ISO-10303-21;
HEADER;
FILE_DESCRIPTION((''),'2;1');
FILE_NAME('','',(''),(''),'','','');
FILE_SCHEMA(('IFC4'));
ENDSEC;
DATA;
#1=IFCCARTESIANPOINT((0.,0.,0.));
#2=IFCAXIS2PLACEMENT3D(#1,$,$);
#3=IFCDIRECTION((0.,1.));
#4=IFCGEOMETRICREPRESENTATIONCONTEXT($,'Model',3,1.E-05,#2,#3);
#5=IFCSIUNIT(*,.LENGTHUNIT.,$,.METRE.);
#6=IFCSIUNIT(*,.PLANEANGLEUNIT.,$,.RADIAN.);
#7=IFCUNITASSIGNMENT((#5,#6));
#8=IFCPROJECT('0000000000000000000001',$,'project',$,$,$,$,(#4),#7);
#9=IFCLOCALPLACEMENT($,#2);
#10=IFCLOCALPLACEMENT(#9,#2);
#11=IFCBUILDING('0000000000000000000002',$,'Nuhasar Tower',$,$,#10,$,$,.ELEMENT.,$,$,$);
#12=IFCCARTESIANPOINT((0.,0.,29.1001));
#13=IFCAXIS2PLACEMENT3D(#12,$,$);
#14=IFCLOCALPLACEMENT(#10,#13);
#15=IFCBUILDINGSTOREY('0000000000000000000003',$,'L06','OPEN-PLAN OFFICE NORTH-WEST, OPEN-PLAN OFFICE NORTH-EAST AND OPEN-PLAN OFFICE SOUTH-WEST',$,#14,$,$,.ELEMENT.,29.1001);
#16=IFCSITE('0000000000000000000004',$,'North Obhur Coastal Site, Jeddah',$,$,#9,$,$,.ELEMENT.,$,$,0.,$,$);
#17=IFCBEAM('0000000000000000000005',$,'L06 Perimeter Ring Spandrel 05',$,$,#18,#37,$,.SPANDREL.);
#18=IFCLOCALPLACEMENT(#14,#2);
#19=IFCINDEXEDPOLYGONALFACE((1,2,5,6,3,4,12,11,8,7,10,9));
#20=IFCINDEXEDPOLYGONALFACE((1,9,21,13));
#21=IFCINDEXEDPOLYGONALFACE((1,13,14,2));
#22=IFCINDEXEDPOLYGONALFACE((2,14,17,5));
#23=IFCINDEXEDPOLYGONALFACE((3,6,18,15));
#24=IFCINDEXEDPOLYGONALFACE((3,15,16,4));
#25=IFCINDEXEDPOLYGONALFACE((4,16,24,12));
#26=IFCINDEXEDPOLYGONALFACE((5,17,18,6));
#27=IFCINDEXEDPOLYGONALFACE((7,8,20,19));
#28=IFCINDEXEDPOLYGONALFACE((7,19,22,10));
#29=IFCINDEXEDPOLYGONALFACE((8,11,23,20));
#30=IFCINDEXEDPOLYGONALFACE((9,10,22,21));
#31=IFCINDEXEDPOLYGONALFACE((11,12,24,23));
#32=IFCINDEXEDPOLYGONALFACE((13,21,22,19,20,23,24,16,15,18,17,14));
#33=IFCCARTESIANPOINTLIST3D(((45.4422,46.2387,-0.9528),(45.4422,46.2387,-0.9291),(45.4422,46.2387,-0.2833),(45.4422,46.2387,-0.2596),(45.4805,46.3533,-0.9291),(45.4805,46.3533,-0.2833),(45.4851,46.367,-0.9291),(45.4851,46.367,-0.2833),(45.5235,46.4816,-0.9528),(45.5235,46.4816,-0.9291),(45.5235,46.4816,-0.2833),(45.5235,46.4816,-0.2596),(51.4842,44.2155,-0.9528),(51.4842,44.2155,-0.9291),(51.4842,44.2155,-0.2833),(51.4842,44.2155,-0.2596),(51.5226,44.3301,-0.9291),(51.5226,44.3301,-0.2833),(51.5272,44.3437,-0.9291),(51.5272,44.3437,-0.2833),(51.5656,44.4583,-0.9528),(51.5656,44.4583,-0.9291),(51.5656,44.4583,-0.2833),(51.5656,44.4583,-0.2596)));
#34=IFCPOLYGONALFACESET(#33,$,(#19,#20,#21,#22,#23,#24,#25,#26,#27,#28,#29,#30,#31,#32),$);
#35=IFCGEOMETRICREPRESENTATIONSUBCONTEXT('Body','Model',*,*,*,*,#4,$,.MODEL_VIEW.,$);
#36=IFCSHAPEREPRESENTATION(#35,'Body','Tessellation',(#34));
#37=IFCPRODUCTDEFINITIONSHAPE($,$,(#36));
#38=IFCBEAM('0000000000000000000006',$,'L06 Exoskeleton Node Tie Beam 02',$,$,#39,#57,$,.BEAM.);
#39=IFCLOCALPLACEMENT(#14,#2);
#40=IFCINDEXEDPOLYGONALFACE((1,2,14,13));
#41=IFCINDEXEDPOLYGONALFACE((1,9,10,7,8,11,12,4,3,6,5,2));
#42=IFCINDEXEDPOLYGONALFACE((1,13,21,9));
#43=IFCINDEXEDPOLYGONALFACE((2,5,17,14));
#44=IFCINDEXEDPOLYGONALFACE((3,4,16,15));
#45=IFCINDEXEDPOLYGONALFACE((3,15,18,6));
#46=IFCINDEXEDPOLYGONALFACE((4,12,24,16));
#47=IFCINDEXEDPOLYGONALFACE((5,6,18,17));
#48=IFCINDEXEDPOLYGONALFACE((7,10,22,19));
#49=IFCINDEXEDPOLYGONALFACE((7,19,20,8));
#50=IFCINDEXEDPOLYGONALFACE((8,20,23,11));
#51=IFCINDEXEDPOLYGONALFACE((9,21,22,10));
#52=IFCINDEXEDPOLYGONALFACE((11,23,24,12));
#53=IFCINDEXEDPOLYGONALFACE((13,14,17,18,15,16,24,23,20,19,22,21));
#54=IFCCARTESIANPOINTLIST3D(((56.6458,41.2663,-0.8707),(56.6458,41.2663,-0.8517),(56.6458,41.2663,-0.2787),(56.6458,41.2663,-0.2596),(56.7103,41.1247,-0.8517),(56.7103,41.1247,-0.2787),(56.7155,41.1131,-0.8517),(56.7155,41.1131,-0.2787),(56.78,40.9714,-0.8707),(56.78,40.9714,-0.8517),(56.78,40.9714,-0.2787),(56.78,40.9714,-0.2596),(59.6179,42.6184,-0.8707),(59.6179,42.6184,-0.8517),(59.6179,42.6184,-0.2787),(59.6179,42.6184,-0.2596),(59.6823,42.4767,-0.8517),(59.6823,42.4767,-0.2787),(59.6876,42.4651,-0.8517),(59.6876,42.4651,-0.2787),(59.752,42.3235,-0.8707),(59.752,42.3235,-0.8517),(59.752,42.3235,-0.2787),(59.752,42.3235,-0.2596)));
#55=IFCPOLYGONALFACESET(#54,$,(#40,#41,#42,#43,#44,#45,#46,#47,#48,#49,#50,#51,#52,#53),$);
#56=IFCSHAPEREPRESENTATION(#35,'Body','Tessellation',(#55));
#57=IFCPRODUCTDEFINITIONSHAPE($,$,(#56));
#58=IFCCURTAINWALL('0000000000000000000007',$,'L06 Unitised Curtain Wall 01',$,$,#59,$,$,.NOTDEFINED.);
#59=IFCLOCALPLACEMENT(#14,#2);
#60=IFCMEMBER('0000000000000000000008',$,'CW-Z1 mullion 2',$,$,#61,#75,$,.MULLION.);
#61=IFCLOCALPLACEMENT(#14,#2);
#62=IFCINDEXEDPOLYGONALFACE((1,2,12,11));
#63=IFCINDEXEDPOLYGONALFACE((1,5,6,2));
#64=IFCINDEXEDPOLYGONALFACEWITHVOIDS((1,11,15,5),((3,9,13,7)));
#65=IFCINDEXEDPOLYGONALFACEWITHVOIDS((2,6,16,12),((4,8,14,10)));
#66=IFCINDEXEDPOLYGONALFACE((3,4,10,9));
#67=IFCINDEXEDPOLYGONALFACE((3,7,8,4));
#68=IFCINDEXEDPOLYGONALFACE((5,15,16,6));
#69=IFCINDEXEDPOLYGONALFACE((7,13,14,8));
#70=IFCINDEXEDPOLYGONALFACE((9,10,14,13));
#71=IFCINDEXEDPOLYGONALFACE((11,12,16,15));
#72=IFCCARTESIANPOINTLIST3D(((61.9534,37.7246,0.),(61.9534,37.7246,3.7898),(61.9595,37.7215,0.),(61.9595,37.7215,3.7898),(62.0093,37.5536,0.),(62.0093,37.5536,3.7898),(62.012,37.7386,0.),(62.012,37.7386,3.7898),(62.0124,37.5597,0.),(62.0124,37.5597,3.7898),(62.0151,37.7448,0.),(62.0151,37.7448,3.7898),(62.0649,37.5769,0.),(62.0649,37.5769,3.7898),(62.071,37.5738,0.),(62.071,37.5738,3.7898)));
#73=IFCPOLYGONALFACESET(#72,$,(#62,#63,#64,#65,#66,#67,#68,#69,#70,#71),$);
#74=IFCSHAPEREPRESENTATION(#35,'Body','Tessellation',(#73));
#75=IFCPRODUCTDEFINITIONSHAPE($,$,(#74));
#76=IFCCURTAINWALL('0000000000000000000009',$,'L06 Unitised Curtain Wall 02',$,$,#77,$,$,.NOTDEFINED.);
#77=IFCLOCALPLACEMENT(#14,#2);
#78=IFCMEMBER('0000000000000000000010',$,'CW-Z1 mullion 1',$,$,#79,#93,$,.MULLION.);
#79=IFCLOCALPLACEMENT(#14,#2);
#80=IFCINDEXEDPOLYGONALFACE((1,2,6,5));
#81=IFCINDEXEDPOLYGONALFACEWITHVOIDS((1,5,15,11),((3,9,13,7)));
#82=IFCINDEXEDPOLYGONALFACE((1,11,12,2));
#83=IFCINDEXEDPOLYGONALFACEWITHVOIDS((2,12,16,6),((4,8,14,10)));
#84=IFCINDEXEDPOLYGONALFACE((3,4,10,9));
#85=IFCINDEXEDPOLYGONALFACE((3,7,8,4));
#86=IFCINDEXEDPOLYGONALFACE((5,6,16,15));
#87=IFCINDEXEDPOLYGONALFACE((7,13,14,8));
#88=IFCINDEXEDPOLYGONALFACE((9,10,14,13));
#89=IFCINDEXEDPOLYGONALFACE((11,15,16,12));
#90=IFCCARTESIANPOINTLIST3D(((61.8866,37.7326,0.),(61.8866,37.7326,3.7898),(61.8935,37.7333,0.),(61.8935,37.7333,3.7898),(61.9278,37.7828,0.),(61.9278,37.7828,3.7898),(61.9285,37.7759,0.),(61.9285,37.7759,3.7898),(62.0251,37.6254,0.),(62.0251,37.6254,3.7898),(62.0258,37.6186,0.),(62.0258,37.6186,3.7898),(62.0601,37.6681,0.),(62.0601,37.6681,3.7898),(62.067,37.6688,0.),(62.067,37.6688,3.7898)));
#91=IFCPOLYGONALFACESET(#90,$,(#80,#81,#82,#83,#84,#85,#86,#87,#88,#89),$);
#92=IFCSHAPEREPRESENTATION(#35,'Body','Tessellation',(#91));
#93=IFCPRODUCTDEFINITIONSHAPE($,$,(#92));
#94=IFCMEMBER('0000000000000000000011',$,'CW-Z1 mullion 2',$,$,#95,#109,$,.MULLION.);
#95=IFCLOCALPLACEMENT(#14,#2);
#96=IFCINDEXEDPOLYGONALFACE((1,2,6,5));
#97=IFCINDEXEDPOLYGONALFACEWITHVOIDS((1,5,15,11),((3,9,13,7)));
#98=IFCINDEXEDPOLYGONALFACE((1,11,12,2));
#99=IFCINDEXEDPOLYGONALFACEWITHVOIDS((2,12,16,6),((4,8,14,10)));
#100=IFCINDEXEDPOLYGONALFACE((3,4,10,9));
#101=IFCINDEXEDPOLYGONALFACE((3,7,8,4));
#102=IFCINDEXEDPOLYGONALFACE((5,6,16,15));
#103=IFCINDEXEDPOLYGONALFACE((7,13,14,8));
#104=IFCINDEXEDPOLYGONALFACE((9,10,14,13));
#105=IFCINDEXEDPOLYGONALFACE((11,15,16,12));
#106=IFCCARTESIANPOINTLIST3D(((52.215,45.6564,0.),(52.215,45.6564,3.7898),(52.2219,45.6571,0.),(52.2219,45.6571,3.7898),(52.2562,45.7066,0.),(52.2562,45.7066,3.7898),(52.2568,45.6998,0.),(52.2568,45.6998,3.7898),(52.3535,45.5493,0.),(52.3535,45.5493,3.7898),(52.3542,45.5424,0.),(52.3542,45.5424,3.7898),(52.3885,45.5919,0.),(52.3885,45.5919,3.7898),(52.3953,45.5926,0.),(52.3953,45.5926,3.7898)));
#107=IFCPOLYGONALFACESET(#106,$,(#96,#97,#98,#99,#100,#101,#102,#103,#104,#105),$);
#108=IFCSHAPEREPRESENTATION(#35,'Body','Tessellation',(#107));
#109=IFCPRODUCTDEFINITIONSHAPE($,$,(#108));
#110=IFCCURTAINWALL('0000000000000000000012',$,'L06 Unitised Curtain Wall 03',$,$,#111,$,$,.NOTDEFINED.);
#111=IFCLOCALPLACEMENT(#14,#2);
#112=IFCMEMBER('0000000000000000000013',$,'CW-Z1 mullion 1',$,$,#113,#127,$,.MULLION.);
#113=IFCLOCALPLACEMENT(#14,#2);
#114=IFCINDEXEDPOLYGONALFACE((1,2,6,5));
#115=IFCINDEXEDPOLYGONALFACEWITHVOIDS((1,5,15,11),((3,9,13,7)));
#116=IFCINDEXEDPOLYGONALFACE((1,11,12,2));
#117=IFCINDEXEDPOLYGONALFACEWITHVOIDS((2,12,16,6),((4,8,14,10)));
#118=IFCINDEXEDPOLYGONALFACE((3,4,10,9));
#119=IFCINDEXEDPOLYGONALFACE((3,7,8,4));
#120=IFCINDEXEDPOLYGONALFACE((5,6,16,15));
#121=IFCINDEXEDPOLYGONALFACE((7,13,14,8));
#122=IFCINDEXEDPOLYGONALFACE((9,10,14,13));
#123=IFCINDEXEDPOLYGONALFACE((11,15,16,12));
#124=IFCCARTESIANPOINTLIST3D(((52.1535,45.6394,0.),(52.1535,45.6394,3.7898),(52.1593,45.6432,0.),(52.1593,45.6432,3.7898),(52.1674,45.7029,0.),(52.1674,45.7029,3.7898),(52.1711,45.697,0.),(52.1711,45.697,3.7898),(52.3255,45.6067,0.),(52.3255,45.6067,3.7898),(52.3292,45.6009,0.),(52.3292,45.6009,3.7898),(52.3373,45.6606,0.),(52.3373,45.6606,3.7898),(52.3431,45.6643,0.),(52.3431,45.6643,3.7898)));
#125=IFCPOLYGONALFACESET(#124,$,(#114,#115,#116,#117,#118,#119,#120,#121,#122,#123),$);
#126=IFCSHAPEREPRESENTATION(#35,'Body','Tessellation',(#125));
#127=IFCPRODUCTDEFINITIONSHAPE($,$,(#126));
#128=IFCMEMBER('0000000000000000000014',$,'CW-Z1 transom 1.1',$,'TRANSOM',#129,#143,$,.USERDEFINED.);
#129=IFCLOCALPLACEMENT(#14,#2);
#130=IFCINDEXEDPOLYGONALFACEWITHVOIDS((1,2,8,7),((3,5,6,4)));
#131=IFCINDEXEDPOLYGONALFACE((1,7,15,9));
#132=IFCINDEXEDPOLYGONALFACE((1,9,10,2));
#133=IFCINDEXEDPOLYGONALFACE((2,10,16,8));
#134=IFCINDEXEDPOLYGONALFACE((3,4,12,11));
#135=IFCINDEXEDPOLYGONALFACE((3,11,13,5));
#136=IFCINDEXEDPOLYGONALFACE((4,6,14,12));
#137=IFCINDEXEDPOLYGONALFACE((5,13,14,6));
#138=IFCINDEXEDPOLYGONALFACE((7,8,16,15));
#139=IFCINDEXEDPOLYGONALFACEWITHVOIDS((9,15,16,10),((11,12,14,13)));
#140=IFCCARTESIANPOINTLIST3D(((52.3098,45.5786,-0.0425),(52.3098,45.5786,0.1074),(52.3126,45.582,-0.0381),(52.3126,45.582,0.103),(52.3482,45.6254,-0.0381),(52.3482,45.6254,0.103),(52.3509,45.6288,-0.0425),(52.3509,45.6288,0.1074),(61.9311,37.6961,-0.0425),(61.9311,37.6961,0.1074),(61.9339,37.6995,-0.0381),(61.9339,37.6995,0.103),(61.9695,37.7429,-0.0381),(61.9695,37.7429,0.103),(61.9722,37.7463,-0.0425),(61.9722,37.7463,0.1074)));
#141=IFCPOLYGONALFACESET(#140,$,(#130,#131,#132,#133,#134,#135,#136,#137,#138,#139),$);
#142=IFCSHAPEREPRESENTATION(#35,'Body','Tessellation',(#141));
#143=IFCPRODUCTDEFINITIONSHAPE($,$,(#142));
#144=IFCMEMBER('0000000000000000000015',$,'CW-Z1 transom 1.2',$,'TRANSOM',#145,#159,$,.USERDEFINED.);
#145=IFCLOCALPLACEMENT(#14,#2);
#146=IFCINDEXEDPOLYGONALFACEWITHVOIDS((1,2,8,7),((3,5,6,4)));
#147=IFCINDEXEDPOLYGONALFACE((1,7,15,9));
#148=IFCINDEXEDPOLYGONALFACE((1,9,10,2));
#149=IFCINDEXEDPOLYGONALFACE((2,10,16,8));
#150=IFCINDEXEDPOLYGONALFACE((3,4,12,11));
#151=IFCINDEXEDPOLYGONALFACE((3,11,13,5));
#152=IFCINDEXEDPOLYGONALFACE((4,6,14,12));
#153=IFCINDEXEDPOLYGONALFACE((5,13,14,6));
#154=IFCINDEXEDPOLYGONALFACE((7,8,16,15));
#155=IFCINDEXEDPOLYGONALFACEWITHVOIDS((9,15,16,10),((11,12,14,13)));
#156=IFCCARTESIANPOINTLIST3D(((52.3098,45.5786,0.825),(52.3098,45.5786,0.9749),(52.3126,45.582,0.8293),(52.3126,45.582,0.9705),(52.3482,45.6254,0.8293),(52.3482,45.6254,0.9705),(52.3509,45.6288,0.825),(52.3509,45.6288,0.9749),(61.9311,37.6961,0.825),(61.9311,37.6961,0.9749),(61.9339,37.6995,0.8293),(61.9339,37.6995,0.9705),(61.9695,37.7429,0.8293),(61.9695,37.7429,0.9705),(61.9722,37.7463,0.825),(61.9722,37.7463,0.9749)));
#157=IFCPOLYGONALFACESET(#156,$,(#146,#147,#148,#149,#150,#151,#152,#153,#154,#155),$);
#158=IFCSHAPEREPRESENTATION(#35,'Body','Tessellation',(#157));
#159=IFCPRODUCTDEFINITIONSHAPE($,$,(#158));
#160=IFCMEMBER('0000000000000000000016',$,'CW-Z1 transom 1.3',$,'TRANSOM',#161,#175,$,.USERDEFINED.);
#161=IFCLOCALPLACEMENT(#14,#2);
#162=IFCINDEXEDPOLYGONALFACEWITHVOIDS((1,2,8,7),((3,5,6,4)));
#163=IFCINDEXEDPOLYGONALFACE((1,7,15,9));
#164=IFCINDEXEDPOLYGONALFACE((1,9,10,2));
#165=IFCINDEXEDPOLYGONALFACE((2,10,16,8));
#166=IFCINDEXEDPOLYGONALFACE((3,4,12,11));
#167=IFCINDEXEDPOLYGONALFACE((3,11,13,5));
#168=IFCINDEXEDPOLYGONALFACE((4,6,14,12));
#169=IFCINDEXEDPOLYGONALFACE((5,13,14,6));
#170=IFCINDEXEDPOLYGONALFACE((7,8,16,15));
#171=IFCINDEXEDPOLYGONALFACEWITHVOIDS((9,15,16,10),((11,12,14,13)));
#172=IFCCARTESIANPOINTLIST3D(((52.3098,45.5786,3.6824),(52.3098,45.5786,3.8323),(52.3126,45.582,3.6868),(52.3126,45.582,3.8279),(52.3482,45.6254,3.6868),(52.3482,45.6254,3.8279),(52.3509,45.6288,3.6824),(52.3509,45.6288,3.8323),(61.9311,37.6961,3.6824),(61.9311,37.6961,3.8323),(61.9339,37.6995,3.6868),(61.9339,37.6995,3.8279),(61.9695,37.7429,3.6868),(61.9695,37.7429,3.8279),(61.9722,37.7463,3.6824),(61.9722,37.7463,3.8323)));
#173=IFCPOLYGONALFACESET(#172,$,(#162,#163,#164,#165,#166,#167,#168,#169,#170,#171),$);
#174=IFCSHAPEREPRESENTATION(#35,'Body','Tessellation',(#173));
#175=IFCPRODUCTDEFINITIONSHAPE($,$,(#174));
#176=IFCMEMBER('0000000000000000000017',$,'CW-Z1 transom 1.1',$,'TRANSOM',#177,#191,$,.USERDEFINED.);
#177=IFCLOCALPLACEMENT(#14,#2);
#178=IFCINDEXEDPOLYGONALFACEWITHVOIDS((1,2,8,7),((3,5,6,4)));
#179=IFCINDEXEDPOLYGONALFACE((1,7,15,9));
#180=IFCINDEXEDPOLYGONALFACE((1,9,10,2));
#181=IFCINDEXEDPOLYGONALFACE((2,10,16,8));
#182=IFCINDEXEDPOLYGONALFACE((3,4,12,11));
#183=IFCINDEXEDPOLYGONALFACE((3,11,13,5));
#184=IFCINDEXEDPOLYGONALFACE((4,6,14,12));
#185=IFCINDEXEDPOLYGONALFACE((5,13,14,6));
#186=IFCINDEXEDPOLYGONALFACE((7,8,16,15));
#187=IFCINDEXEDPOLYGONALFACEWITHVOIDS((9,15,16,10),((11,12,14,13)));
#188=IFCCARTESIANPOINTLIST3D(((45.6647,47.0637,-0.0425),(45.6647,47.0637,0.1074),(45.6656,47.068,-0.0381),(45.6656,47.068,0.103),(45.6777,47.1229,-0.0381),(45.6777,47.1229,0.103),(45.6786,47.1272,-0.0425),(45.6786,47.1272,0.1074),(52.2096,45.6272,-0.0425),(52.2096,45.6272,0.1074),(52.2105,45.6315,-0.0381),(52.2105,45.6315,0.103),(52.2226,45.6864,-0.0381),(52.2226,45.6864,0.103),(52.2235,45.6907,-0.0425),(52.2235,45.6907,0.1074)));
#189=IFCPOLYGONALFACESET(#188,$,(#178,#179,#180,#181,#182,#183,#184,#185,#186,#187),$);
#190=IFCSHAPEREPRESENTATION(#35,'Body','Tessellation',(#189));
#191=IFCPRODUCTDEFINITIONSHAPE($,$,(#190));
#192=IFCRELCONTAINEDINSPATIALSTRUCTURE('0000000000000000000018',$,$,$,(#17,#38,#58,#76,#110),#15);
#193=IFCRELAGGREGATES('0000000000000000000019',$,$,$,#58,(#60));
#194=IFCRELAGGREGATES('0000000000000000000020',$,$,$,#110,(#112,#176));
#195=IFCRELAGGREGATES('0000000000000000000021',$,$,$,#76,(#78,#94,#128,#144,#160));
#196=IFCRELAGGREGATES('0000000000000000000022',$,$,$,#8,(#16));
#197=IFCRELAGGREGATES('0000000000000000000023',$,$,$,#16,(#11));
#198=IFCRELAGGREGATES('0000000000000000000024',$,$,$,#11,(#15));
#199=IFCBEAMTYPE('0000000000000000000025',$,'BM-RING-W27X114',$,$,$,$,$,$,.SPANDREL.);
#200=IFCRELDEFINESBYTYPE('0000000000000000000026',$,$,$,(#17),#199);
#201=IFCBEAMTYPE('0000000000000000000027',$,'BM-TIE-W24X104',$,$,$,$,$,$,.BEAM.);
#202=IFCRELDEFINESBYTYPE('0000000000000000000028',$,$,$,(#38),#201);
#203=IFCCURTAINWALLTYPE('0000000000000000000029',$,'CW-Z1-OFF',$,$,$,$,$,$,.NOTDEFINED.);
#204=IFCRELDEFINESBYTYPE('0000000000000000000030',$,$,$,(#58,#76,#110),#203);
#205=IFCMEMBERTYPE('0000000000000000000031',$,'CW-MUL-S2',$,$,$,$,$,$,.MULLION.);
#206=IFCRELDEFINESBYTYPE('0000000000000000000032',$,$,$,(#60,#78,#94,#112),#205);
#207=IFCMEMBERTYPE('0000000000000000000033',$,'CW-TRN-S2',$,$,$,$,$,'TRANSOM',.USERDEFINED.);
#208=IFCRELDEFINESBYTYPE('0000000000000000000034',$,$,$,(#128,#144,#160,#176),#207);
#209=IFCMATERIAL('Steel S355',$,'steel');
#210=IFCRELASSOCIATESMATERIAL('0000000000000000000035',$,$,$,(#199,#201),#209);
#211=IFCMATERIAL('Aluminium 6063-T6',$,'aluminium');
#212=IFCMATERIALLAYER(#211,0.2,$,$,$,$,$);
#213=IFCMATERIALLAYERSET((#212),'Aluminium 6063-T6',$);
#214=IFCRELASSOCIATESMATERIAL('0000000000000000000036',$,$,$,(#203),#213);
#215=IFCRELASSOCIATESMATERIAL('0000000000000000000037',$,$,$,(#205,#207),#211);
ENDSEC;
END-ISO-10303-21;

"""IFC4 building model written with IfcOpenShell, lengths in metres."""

from ifc_helpers import new_model, si_unit, direction, frame, origin, origin_2d, place, context, subcontext, project, spatial, hollow_rectangle, i_section, extrude, material, layer, layer_set, material_profile, profile_set, type_object, element, aggregate, save


model = new_model("IFC4")

# Units and contexts
model_context = context("Model", 3, precision=1e-05, world=origin(), true_north=direction((0.0, 1.0)))
body_context = subcontext(model_context, "Body", "Model", "MODEL_VIEW")
ifc_project = project(units=[si_unit("LENGTHUNIT", "METRE"), si_unit("PLANEANGLEUNIT", "RADIAN")], contexts=[model_context])

# Site, building, storey
site_placement = place(None, origin())
site = spatial("IfcSite", under=ifc_project, at=site_placement, Name="North Obhur Coastal Site, Jeddah", CompositionType="ELEMENT", RefElevation=0.0)
building_placement = place(site_placement, origin())
building = spatial("IfcBuilding", under=site, at=building_placement, Name="Nuhasar Tower", CompositionType="ELEMENT")
storey_placement = place(building_placement, frame((0.0, 0.0, 29.1001)))
storey = spatial("IfcBuildingStorey", under=building, at=storey_placement, Name="L06", Description="OPEN-PLAN OFFICE NORTH-WEST, OPEN-PLAN OFFICE NORTH-EAST AND OPEN-PLAN OFFICE SOUTH-WEST", CompositionType="ELEMENT", Elevation=29.1001)

# Beams
ifc_material_1 = material(Name="Steel S355", Category="steel")
ifc_material_profile_1 = material_profile(ifc_material_1, i_section(OverallWidth=0.2561, OverallDepth=0.6931, WebThickness=0.0144, FlangeThickness=0.0237, at=origin_2d()), Name="W27X114")
ifc_profile_set_1 = profile_set([ifc_material_profile_1], Name="Steel S355")
beam_type_1 = type_object("IfcBeamType", Name="BM-RING-W27X114", PredefinedType="SPANDREL", material=ifc_profile_set_1)
beam_1_placement = place(storey_placement, frame((51.5249, 44.3369, -0.6062), z_axis=(-0.948249, 0.317526, 0.0), x_axis=(-0.317526, -0.948249, 0.0)))
element("IfcBeam", 1, at=beam_1_placement, inside=storey, type_object=beam_type_1, Name="L06 Perimeter Ring Spandrel 05", PredefinedType="SPANDREL", context=body_context, shape_type="SweptSolid", body=[
    extrude(i_section(OverallWidth=0.2561, OverallDepth=0.6931, WebThickness=0.0144, FlangeThickness=0.0237, at=origin_2d()), origin(), (0.0, 0.0, 1.0), 6.3718),
])
ifc_material_profile_2 = material_profile(ifc_material_1, i_section(OverallWidth=0.324, OverallDepth=0.6111, WebThickness=0.0127, FlangeThickness=0.019, at=origin_2d()), Name="W24X104")
ifc_profile_set_2 = profile_set([ifc_material_profile_2], Name="Steel S355")
beam_type_2 = type_object("IfcBeamType", Name="BM-TIE-W24X104", PredefinedType="BEAM", material=ifc_profile_set_2)
beam_2_placement = place(storey_placement, frame((56.7129, 41.1189, -0.5652), z_axis=(0.910244, 0.414073, 0.0), x_axis=(-0.414073, 0.910244, 0.0)))
element("IfcBeam", 2, at=beam_2_placement, inside=storey, type_object=beam_type_2, Name="L06 Exoskeleton Node Tie Beam 02", PredefinedType="BEAM", context=body_context, shape_type="SweptSolid", body=[
    extrude(i_section(OverallWidth=0.324, OverallDepth=0.6111, WebThickness=0.0127, FlangeThickness=0.019, at=origin_2d()), origin(), (0.0, 0.0, 1.0), 3.2651),
])

# Curtain wall, member
ifc_material_2 = material(Name="Aluminium 6063-T6", Category="aluminium")
ifc_layer_1 = layer(ifc_material_2, 0.2)
ifc_layer_set_1 = layer_set([ifc_layer_1], Name="Aluminium 6063-T6")
curtain_wall_type = type_object("IfcCurtainWallType", Name="CW-Z1-OFF", PredefinedType="NOTDEFINED", material=ifc_layer_set_1)
curtain_wall_1_placement = place(storey_placement, origin())
curtain_wall_1 = element("IfcCurtainWall", 3, at=curtain_wall_1_placement, inside=storey, type_object=curtain_wall_type, Name="L06 Unitised Curtain Wall 01", PredefinedType="NOTDEFINED")
ifc_material_profile_3 = material_profile(ifc_material_2, hollow_rectangle(XDim=0.0649, YDim=0.1799, WallThickness=0.0049, at=origin_2d()), Name="CWM-2")
ifc_profile_set_3 = profile_set([ifc_material_profile_3], Name="Aluminium 6063-T6")
member_type_1 = type_object("IfcMemberType", Name="CW-MUL-S2", PredefinedType="MULLION", material=ifc_profile_set_3)
member_1_placement = place(storey_placement, frame((62.0122, 37.6492, 0.0), z_axis=(0.0, 0.0, 1.0), x_axis=(-0.950468, -0.310824, 0.0)))
member_1 = element("IfcMember", 4, at=member_1_placement, type_object=member_type_1, Name="CW-Z1 mullion 2", PredefinedType="MULLION", context=body_context, shape_type="SweptSolid", body=[
    extrude(hollow_rectangle(XDim=0.0649, YDim=0.1799, WallThickness=0.0049, at=origin_2d()), origin(), (0.0, 0.0, 1.0), 3.7898),
])
aggregate(curtain_wall_1, [member_1])

# Curtain wall, members
curtain_wall_2_placement = place(storey_placement, origin())
curtain_wall_2 = element("IfcCurtainWall", 5, at=curtain_wall_2_placement, inside=storey, type_object=curtain_wall_type, Name="L06 Unitised Curtain Wall 02", PredefinedType="NOTDEFINED")
member_2_placement = place(storey_placement, frame((61.9768, 37.7007, 0.0), z_axis=(0.0, 0.0, 1.0), x_axis=(-0.633745, -0.773542, 0.0)))
member_2 = element("IfcMember", 6, at=member_2_placement, type_object=member_type_1, Name="CW-Z1 mullion 1", PredefinedType="MULLION", context=body_context, shape_type="SweptSolid", body=[
    extrude(hollow_rectangle(XDim=0.0649, YDim=0.1799, WallThickness=0.0049, at=origin_2d()), origin(), (0.0, 0.0, 1.0), 3.7898),
])
member_3_placement = place(storey_placement, frame((52.3052, 45.6245, 0.0), z_axis=(0.0, 0.0, 1.0), x_axis=(-0.633745, -0.773542, 0.0)))
member_3 = element("IfcMember", 7, at=member_3_placement, type_object=member_type_1, Name="CW-Z1 mullion 2", PredefinedType="MULLION", context=body_context, shape_type="SweptSolid", body=[
    extrude(hollow_rectangle(XDim=0.0649, YDim=0.1799, WallThickness=0.0049, at=origin_2d()), origin(), (0.0, 0.0, 1.0), 3.7898),
])

# Curtain wall, member
curtain_wall_3_placement = place(storey_placement, origin())
curtain_wall_3 = element("IfcCurtainWall", 8, at=curtain_wall_3_placement, inside=storey, type_object=curtain_wall_type, Name="L06 Unitised Curtain Wall 03", PredefinedType="NOTDEFINED")
member_4_placement = place(storey_placement, frame((52.2483, 45.6519, 0.0), z_axis=(0.0, 0.0, 1.0), x_axis=(-0.214399, -0.976746, 0.0)))
member_4 = element("IfcMember", 9, at=member_4_placement, type_object=member_type_1, Name="CW-Z1 mullion 1", PredefinedType="MULLION", context=body_context, shape_type="SweptSolid", body=[
    extrude(hollow_rectangle(XDim=0.0649, YDim=0.1799, WallThickness=0.0049, at=origin_2d()), origin(), (0.0, 0.0, 1.0), 3.7898),
])

# Members
ifc_material_profile_4 = material_profile(ifc_material_2, hollow_rectangle(XDim=0.0649, YDim=0.1499, WallThickness=0.0044, at=origin_2d()), Name="CWT-2")
ifc_profile_set_4 = profile_set([ifc_material_profile_4], Name="Aluminium 6063-T6")
member_type_2 = type_object("IfcMemberType", Name="CW-TRN-S2", ElementType="TRANSOM", PredefinedType="USERDEFINED", material=ifc_profile_set_4)
member_5_placement = place(storey_placement, frame((61.9517, 37.7212, 0.0325), z_axis=(-0.773541, 0.633746, 0.0), x_axis=(-0.633746, -0.773541, 0.0)))
member_5 = element("IfcMember", 10, at=member_5_placement, type_object=member_type_2, Name="CW-Z1 transom 1.1", ObjectType="TRANSOM", PredefinedType="USERDEFINED", context=body_context, shape_type="SweptSolid", body=[
    extrude(hollow_rectangle(XDim=0.0649, YDim=0.1499, WallThickness=0.0044, at=origin_2d()), origin(), (0.0, 0.0, 1.0), 12.438),
])
member_6_placement = place(storey_placement, frame((61.9517, 37.7212, 0.8999), z_axis=(-0.773541, 0.633746, 0.0), x_axis=(-0.633746, -0.773541, 0.0)))
member_6 = element("IfcMember", 11, at=member_6_placement, type_object=member_type_2, Name="CW-Z1 transom 1.2", ObjectType="TRANSOM", PredefinedType="USERDEFINED", context=body_context, shape_type="SweptSolid", body=[
    extrude(hollow_rectangle(XDim=0.0649, YDim=0.1499, WallThickness=0.0044, at=origin_2d()), origin(), (0.0, 0.0, 1.0), 12.438),
])
member_7_placement = place(storey_placement, frame((61.9517, 37.7212, 3.7573), z_axis=(-0.773541, 0.633746, 0.0), x_axis=(-0.633746, -0.773541, 0.0)))
member_7 = element("IfcMember", 12, at=member_7_placement, type_object=member_type_2, Name="CW-Z1 transom 1.3", ObjectType="TRANSOM", PredefinedType="USERDEFINED", context=body_context, shape_type="SweptSolid", body=[
    extrude(hollow_rectangle(XDim=0.0649, YDim=0.1499, WallThickness=0.0044, at=origin_2d()), origin(), (0.0, 0.0, 1.0), 12.438),
])
member_8_placement = place(storey_placement, frame((52.2166, 45.6589, 0.0325), z_axis=(-0.97675, 0.214384, 0.0), x_axis=(-0.214384, -0.97675, 0.0)))
member_8 = element("IfcMember", 13, at=member_8_placement, type_object=member_type_2, Name="CW-Z1 transom 1.1", ObjectType="TRANSOM", PredefinedType="USERDEFINED", context=body_context, shape_type="SweptSolid", body=[
    extrude(hollow_rectangle(XDim=0.0649, YDim=0.1499, WallThickness=0.0044, at=origin_2d()), origin(), (0.0, 0.0, 1.0), 6.7007),
])
aggregate(curtain_wall_3, [member_4, member_8])

aggregate(curtain_wall_2, [member_2, member_3, member_5, member_6, member_7])

save(model, "model.ifc")
